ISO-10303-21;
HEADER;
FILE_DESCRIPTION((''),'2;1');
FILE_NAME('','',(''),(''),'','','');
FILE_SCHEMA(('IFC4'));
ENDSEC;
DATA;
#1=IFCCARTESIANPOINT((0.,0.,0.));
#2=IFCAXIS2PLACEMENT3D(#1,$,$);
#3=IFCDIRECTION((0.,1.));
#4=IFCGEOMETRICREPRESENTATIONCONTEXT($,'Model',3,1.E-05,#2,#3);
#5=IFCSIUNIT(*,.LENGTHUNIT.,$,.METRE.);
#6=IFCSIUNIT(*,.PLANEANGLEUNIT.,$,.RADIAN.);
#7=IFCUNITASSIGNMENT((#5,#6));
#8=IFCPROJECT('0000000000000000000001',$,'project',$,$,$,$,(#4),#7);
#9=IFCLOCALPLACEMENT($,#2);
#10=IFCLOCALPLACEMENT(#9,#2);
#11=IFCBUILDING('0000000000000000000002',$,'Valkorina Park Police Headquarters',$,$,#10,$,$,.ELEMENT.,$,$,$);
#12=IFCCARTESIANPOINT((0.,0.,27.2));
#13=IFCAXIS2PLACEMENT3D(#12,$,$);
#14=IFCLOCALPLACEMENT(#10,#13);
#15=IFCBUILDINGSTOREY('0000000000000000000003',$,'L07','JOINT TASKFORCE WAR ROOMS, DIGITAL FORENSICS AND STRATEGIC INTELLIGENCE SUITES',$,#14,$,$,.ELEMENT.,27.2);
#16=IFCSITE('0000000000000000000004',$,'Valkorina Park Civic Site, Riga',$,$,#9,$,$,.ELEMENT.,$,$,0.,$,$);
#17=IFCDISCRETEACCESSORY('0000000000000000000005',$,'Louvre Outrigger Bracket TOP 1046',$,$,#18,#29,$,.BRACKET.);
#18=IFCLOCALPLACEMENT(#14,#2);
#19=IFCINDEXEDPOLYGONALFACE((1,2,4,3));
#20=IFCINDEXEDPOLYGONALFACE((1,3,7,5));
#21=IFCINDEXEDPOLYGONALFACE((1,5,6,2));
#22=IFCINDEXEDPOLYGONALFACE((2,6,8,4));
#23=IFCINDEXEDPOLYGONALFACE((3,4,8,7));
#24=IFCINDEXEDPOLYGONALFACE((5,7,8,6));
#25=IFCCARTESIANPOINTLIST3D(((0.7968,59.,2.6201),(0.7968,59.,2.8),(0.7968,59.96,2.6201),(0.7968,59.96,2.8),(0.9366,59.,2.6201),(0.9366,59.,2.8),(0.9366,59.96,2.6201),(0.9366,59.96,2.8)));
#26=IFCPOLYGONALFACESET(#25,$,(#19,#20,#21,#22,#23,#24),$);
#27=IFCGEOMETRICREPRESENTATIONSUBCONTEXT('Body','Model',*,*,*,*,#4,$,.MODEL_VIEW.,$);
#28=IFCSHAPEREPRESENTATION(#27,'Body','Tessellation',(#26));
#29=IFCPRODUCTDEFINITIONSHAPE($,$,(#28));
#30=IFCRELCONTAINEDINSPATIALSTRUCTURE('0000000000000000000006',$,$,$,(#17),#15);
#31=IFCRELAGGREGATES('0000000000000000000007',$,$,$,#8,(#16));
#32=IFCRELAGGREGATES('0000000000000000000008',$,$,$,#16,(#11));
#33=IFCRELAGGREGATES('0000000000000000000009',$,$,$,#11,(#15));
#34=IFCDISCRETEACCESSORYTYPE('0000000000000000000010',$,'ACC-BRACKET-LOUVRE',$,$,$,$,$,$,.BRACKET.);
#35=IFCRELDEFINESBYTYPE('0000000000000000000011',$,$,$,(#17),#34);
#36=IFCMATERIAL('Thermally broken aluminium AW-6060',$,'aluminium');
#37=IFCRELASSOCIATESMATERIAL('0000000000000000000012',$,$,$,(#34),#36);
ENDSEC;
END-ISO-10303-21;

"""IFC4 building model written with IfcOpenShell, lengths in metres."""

from ifc_helpers import new_model, si_unit, direction, frame, origin, origin_2d, place, context, subcontext, project, spatial, rectangle, extrude, material, type_object, element, save


model = new_model("IFC4")

# Units and contexts
model_context = context("Model", 3, precision=1e-05, world=origin(), true_north=direction((0.0, 1.0)))
body_context = subcontext(model_context, "Body", "Model", "MODEL_VIEW")
ifc_project = project(units=[si_unit("LENGTHUNIT", "METRE"), si_unit("PLANEANGLEUNIT", "RADIAN")], contexts=[model_context])

# Site, building, storey
site_placement = place(None, origin())
site = spatial("IfcSite", under=ifc_project, at=site_placement, Name="Valkorina Park Civic Site, Riga", CompositionType="ELEMENT", RefElevation=0.0)
building_placement = place(site_placement, origin())
building = spatial("IfcBuilding", under=site, at=building_placement, Name="Valkorina Park Police Headquarters", CompositionType="ELEMENT")
storey_placement = place(building_placement, frame((0.0, 0.0, 27.2)))
storey = spatial("IfcBuildingStorey", under=building, at=storey_placement, Name="L07", Description="JOINT TASKFORCE WAR ROOMS, DIGITAL FORENSICS AND STRATEGIC INTELLIGENCE SUITES", CompositionType="ELEMENT", Elevation=27.2)

# Shared definitions
ifc_material_1 = material(Name="Thermally broken aluminium AW-6060", Category="aluminium")

# Discrete accessory
discrete_accessory_type = type_object("IfcDiscreteAccessoryType", Name="ACC-BRACKET-LOUVRE", PredefinedType="BRACKET", material=ifc_material_1)
for number, where, z_axis, x_axis, name in (
    (1, (0.8667, 59.48, 2.6201), (0.0, 0.0, 1.0), (0.0, 1.0, 0.0), "Louvre Outrigger Bracket TOP 1046"),
):
    element("IfcDiscreteAccessory", number, at=place(storey_placement, frame(where, z_axis=z_axis, x_axis=x_axis)), inside=storey, type_object=discrete_accessory_type, Name=name, PredefinedType="BRACKET", context=body_context, shape_type="SweptSolid", body=[
        extrude(rectangle(XDim=0.96, YDim=0.1399, at=origin_2d()), origin(), (0.0, 0.0, 1.0), 0.1799),
    ])

save(model, "model.ifc")
